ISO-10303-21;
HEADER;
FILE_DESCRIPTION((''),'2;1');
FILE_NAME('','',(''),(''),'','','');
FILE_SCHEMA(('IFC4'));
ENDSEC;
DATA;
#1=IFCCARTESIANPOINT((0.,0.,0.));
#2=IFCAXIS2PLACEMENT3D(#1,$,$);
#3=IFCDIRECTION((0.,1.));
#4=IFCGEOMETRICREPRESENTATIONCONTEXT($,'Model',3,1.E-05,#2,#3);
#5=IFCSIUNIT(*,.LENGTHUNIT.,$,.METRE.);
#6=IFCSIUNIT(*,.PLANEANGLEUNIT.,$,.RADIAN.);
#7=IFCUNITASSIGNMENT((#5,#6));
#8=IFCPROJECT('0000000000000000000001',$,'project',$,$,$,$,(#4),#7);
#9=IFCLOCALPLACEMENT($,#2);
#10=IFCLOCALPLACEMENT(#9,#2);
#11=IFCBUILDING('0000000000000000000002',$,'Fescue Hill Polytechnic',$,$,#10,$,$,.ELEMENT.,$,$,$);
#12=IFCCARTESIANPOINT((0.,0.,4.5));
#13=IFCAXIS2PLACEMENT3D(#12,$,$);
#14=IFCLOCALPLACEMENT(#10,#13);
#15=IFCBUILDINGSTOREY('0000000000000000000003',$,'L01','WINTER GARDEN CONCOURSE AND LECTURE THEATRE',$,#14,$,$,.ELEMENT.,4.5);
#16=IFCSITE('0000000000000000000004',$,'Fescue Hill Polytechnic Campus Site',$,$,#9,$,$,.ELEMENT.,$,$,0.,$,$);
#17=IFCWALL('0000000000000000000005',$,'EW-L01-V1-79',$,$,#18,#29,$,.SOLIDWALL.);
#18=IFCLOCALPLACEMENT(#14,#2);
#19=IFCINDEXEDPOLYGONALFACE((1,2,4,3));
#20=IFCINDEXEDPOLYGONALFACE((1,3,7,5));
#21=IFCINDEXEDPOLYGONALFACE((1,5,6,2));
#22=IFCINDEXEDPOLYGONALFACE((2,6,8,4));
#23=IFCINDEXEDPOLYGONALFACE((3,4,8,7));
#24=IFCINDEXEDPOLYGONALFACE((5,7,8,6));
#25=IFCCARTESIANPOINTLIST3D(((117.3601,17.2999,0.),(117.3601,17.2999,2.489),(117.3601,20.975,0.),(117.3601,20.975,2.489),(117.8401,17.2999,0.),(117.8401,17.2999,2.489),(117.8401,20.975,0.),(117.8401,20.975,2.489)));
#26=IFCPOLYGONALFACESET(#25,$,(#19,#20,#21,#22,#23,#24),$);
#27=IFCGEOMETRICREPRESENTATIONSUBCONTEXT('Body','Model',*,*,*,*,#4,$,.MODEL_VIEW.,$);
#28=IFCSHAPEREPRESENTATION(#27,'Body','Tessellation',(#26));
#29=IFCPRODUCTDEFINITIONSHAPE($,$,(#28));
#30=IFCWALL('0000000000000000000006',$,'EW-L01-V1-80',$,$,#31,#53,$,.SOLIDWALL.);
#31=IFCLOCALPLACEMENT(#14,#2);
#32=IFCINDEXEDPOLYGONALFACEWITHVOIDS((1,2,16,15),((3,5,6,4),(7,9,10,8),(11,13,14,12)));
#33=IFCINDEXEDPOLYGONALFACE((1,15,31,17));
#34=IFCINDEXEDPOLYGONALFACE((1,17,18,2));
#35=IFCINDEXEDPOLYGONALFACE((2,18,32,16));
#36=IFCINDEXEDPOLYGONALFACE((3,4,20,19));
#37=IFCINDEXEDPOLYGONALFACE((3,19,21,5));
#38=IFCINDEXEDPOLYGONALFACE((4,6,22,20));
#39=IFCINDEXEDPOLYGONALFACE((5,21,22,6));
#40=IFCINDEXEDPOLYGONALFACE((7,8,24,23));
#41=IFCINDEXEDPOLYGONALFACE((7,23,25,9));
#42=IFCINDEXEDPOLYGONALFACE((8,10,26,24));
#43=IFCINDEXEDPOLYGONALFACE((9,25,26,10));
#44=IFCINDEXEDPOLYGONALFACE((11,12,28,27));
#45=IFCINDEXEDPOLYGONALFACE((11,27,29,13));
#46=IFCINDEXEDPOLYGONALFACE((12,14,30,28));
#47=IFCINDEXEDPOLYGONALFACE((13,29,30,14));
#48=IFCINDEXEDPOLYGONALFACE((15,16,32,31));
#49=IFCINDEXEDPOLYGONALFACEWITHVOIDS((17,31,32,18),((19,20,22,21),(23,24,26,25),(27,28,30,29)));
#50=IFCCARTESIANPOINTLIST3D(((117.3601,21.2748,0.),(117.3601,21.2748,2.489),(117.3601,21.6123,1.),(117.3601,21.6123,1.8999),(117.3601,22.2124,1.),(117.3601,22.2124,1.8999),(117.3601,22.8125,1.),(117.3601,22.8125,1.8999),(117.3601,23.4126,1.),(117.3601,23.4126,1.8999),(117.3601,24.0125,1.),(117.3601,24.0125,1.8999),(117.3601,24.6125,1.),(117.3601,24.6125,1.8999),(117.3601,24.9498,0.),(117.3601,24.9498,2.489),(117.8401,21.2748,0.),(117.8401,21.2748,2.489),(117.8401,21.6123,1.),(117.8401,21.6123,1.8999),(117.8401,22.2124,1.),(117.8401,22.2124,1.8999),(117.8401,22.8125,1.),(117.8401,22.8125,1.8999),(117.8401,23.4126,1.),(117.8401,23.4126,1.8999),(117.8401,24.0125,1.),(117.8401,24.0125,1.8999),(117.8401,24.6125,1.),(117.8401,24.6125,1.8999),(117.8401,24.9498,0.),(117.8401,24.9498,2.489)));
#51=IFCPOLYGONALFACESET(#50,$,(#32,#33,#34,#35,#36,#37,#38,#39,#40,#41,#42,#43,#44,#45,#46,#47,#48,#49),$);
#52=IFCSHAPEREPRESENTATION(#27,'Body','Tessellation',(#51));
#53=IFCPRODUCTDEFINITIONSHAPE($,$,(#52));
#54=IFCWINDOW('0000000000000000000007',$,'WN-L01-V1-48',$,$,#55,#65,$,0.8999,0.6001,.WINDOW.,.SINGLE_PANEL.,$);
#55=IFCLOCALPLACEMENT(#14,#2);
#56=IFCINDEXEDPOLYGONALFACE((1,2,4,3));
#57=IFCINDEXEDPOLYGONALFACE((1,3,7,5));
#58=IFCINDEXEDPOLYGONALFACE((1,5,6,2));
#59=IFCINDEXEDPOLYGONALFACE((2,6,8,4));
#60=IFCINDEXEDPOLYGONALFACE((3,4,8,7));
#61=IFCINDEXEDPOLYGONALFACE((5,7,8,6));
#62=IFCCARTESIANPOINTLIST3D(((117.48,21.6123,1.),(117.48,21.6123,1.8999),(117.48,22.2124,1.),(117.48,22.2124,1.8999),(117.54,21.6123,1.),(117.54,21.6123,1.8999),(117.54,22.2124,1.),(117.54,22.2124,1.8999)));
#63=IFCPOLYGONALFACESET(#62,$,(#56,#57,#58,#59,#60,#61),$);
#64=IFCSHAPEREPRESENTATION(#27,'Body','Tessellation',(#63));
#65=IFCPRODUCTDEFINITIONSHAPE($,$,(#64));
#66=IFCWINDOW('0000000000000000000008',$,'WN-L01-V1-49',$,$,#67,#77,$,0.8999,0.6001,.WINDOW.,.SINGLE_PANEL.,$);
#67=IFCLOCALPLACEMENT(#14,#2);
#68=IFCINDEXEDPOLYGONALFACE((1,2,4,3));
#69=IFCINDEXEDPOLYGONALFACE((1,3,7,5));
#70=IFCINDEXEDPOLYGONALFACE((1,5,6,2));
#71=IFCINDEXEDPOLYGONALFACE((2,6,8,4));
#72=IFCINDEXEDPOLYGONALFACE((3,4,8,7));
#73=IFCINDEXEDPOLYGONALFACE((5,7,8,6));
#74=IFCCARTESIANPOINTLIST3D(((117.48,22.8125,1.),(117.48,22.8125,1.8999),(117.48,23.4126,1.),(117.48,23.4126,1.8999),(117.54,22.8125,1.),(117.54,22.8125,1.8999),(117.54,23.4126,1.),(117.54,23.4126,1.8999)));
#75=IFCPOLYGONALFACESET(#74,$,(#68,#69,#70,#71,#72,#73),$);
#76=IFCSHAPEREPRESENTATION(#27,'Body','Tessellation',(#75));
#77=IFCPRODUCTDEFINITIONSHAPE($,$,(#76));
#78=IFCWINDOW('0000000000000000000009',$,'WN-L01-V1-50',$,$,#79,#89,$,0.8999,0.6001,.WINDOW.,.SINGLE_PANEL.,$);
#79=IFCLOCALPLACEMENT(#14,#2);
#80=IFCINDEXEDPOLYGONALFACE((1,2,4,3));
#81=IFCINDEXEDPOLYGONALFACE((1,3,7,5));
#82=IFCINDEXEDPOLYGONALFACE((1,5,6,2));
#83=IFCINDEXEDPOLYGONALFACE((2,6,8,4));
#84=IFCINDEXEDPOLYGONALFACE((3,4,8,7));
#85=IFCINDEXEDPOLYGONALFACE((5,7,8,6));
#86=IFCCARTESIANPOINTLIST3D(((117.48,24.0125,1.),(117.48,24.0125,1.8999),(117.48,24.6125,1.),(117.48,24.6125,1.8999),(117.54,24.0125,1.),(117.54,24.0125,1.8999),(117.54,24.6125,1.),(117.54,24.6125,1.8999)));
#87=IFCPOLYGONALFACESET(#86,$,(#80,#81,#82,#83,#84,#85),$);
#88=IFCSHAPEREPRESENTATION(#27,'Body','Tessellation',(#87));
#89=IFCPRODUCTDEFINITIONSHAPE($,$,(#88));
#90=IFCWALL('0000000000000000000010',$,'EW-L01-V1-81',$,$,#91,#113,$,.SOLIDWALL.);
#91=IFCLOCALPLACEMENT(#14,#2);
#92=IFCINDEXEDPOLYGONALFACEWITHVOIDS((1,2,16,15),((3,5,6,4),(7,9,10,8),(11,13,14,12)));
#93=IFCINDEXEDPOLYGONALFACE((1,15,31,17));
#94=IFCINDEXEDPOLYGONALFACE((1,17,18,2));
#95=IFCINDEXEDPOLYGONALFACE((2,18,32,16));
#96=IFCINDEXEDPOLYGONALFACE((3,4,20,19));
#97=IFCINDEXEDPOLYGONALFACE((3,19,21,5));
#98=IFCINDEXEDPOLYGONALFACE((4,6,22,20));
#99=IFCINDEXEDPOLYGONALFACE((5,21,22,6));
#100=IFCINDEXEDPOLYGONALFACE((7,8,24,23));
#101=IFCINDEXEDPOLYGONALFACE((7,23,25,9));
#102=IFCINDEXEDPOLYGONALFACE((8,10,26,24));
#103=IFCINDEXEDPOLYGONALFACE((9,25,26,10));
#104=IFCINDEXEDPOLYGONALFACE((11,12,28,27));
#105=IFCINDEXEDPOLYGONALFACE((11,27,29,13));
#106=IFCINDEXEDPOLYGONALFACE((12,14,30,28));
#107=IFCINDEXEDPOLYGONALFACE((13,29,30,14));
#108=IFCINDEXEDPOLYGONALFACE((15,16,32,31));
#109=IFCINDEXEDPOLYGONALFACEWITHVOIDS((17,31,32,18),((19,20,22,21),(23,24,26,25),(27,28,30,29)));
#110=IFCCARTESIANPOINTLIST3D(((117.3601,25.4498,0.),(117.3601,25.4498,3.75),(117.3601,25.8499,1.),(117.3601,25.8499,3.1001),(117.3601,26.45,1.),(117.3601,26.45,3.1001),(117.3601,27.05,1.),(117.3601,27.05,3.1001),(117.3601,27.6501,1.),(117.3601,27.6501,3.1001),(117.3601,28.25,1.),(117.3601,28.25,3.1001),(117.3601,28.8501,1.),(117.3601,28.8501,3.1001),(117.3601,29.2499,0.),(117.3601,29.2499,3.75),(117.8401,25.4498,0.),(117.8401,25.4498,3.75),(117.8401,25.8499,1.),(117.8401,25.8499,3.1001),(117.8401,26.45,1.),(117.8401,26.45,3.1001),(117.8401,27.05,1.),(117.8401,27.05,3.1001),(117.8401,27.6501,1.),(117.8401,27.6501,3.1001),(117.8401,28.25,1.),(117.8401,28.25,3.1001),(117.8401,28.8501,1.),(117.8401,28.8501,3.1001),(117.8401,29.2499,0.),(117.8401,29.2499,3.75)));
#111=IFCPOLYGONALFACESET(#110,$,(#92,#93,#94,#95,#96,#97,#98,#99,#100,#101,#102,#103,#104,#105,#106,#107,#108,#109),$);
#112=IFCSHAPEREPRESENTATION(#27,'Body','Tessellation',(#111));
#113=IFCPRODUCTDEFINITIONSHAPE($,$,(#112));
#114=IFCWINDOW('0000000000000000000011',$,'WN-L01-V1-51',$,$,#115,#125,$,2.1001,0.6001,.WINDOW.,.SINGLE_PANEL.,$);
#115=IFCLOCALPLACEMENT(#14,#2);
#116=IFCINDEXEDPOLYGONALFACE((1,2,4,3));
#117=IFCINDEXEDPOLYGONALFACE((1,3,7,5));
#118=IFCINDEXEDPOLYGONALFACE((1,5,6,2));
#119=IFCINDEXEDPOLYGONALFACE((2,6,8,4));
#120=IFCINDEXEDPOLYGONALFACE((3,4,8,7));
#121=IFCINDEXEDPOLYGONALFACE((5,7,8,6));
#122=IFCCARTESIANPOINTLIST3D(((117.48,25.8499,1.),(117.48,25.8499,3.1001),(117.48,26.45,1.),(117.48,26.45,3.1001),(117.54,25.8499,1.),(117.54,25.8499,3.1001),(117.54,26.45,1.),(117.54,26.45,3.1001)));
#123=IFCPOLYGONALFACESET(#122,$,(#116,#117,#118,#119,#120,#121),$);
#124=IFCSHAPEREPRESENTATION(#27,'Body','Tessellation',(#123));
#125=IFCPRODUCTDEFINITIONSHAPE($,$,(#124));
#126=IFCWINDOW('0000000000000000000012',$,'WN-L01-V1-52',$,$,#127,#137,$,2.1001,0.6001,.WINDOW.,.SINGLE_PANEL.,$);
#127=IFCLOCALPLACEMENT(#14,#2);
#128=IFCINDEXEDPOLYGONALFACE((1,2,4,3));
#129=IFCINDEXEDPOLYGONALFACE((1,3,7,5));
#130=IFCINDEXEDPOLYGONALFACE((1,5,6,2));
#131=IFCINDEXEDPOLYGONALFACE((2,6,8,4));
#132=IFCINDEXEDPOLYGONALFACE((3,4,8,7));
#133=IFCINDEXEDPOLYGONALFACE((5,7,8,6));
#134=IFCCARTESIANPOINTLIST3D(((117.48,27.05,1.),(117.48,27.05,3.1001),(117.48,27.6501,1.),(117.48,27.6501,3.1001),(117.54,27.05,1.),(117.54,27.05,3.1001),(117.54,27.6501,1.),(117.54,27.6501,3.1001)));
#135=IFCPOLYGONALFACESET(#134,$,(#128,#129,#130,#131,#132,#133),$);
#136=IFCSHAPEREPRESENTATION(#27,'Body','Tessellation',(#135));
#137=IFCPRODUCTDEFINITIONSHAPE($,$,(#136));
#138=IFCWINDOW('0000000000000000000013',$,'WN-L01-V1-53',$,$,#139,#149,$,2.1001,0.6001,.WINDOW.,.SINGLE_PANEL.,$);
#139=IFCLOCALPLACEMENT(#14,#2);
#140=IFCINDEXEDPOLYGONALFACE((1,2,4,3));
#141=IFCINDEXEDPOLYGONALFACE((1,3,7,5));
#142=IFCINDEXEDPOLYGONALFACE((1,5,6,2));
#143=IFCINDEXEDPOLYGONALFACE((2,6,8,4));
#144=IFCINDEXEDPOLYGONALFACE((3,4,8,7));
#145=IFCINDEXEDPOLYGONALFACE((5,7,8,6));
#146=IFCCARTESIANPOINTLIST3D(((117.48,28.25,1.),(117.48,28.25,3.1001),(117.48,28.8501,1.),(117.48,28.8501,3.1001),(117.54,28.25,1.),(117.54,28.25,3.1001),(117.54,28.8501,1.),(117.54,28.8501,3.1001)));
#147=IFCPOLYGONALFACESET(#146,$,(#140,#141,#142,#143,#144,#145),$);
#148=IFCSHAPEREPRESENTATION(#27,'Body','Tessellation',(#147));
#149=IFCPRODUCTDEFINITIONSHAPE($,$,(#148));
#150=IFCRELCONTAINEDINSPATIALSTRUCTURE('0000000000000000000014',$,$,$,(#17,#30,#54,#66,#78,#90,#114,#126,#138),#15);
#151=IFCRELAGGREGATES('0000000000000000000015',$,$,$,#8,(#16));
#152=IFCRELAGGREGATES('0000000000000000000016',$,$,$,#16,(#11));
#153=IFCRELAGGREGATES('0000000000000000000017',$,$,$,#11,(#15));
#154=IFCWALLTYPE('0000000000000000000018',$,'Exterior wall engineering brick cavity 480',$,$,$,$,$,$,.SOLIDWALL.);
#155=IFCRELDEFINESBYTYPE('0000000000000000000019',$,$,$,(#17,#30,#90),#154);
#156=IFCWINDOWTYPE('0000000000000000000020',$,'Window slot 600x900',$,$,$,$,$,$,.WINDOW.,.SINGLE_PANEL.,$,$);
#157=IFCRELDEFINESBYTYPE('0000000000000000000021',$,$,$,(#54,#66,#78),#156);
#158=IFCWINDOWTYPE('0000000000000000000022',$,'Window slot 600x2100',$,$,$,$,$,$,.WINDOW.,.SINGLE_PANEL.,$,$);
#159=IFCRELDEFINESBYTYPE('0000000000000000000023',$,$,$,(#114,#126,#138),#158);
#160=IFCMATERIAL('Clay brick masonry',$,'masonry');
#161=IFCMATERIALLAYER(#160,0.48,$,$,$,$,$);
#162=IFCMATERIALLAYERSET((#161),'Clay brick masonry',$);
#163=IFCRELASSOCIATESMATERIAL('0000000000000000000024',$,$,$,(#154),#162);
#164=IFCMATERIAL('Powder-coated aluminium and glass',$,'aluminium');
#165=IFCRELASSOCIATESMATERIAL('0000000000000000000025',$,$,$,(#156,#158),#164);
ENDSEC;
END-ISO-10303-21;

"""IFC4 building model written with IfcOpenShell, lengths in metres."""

from ifc_helpers import new_model, si_unit, direction, frame, frame_2d, origin, place, context, subcontext, project, spatial, rectangle, extrude, material, layer, layer_set, type_object, element, fill, save


model = new_model("IFC4")

# Units and contexts
model_context = context("Model", 3, precision=1e-05, world=origin(), true_north=direction((0.0, 1.0)))
body_context = subcontext(model_context, "Body", "Model", "MODEL_VIEW")
ifc_project = project(units=[si_unit("LENGTHUNIT", "METRE"), si_unit("PLANEANGLEUNIT", "RADIAN")], contexts=[model_context])

# Site, building, storey
site_placement = place(None, origin())
site = spatial("IfcSite", under=ifc_project, at=site_placement, Name="Fescue Hill Polytechnic Campus Site", CompositionType="ELEMENT", RefElevation=0.0)
building_placement = place(site_placement, origin())
building = spatial("IfcBuilding", under=site, at=building_placement, Name="Fescue Hill Polytechnic", CompositionType="ELEMENT")
storey_placement = place(building_placement, frame((0.0, 0.0, 4.5)))
storey = spatial("IfcBuildingStorey", under=building, at=storey_placement, Name="L01", Description="WINTER GARDEN CONCOURSE AND LECTURE THEATRE", CompositionType="ELEMENT", Elevation=4.5)

# Wall
ifc_material_1 = material(Name="Clay brick masonry", Category="masonry")
ifc_layer_1 = layer(ifc_material_1, 0.48)
ifc_layer_set_1 = layer_set([ifc_layer_1], Name="Clay brick masonry")
wall_type_1 = type_object("IfcWallType", Name="Exterior wall engineering brick cavity 480", PredefinedType="SOLIDWALL", material=ifc_layer_set_1)
wall_1_placement = place(storey_placement, frame((117.6001, 17.3, 0.0), z_axis=(0.0, 0.0, 1.0), x_axis=(0.0, 1.0, 0.0)))
element("IfcWall", 1, at=wall_1_placement, inside=storey, type_object=wall_type_1, Name="EW-L01-V1-79", PredefinedType="SOLIDWALL", context=body_context, shape_type="SweptSolid", body=[
    extrude(rectangle(XDim=3.675, YDim=0.48, at=frame_2d((1.8374, 0.0))), origin(), (0.0, 0.0, 1.0), 2.489),
])

# Walls, openings, windows
wall_2_placement = place(storey_placement, frame((117.6001, 21.2749, 0.0), z_axis=(0.0, 0.0, 1.0), x_axis=(0.0, 1.0, 0.0)))
wall_2 = element("IfcWall", 2, at=wall_2_placement, inside=storey, type_object=wall_type_1, Name="EW-L01-V1-80", PredefinedType="SOLIDWALL", context=body_context, shape_type="SweptSolid", body=[
    extrude(rectangle(XDim=3.675, YDim=0.48, at=frame_2d((1.8374, 0.0))), origin(), (0.0, 0.0, 1.0), 2.489),
])
opening_1_placement = place(wall_2_placement, frame((0.3374, 0.0, 1.0)))
opening_1 = element("IfcOpeningElement", 3, at=opening_1_placement, cuts=wall_2, PredefinedType="OPENING", context=body_context, shape_type="SweptSolid", body=[
    extrude(rectangle(XDim=0.6001, YDim=0.8999, at=frame_2d((0.3, 0.45))), frame((0.0, 0.25, 0.0), z_axis=(0.0, -1.0, 0.0), x_axis=(1.0, 0.0, 0.0)), (0.0, 0.0, 1.0), 0.5),
])
opening_2_placement = place(wall_2_placement, frame((1.5376, 0.0, 1.0)))
opening_2 = element("IfcOpeningElement", 4, at=opening_2_placement, cuts=wall_2, PredefinedType="OPENING", context=body_context, shape_type="SweptSolid", body=[
    extrude(rectangle(XDim=0.6001, YDim=0.8999, at=frame_2d((0.3, 0.45))), frame((0.0, 0.25, 0.0), z_axis=(0.0, -1.0, 0.0), x_axis=(1.0, 0.0, 0.0)), (0.0, 0.0, 1.0), 0.5),
])
opening_3_placement = place(wall_2_placement, frame((2.7375, 0.0, 1.0)))
opening_3 = element("IfcOpeningElement", 5, at=opening_3_placement, cuts=wall_2, PredefinedType="OPENING", context=body_context, shape_type="SweptSolid", body=[
    extrude(rectangle(XDim=0.6001, YDim=0.8999, at=frame_2d((0.3, 0.45))), frame((0.0, 0.25, 0.0), z_axis=(0.0, -1.0, 0.0), x_axis=(1.0, 0.0, 0.0)), (0.0, 0.0, 1.0), 0.5),
])
ifc_material_2 = material(Name="Powder-coated aluminium and glass", Category="aluminium")
window_type_1 = type_object("IfcWindowType", Name="Window slot 600x900", PartitioningType="SINGLE_PANEL", PredefinedType="WINDOW", material=ifc_material_2)
window_1_placement = place(opening_1_placement, origin())
window_1 = element("IfcWindow", 6, at=window_1_placement, inside=storey, type_object=window_type_1, Name="WN-L01-V1-48", OverallHeight=0.8999, OverallWidth=0.6001, PartitioningType="SINGLE_PANEL", PredefinedType="WINDOW", context=body_context, shape_type="SweptSolid", body=[
    extrude(rectangle(XDim=0.6001, YDim=0.8999, at=frame_2d((0.3, 0.45))), frame((0.0, 0.1201, 0.0), z_axis=(0.0, -1.0, 0.0), x_axis=(1.0, 0.0, 0.0)), (0.0, 0.0, 1.0), 0.0601),
])
fill(opening_1, window_1)
window_2_placement = place(opening_2_placement, origin())
window_2 = element("IfcWindow", 7, at=window_2_placement, inside=storey, type_object=window_type_1, Name="WN-L01-V1-49", OverallHeight=0.8999, OverallWidth=0.6001, PartitioningType="SINGLE_PANEL", PredefinedType="WINDOW", context=body_context, shape_type="SweptSolid", body=[
    extrude(rectangle(XDim=0.6001, YDim=0.8999, at=frame_2d((0.3, 0.45))), frame((0.0, 0.1201, 0.0), z_axis=(0.0, -1.0, 0.0), x_axis=(1.0, 0.0, 0.0)), (0.0, 0.0, 1.0), 0.0601),
])
fill(opening_2, window_2)
window_3_placement = place(opening_3_placement, origin())
window_3 = element("IfcWindow", 8, at=window_3_placement, inside=storey, type_object=window_type_1, Name="WN-L01-V1-50", OverallHeight=0.8999, OverallWidth=0.6001, PartitioningType="SINGLE_PANEL", PredefinedType="WINDOW", context=body_context, shape_type="SweptSolid", body=[
    extrude(rectangle(XDim=0.6001, YDim=0.8999, at=frame_2d((0.3, 0.45))), frame((0.0, 0.1201, 0.0), z_axis=(0.0, -1.0, 0.0), x_axis=(1.0, 0.0, 0.0)), (0.0, 0.0, 1.0), 0.0601),
])
fill(opening_3, window_3)
wall_3_placement = place(storey_placement, frame((117.6001, 25.45, 0.0), z_axis=(0.0, 0.0, 1.0), x_axis=(0.0, 1.0, 0.0)))
wall_3 = element("IfcWall", 9, at=wall_3_placement, inside=storey, type_object=wall_type_1, Name="EW-L01-V1-81", PredefinedType="SOLIDWALL", context=body_context, shape_type="SweptSolid", body=[
    extrude(rectangle(XDim=3.8, YDim=0.48, at=frame_2d((1.8999, 0.0))), origin(), (0.0, 0.0, 1.0), 3.75),
])
opening_4_placement = place(wall_3_placement, frame((0.3999, 0.0, 1.0)))
opening_4 = element("IfcOpeningElement", 10, at=opening_4_placement, cuts=wall_3, PredefinedType="OPENING", context=body_context, shape_type="SweptSolid", body=[
    extrude(rectangle(XDim=0.6001, YDim=2.1001, at=frame_2d((0.3, 1.05))), frame((0.0, 0.25, 0.0), z_axis=(0.0, -1.0, 0.0), x_axis=(1.0, 0.0, 0.0)), (0.0, 0.0, 1.0), 0.5),
])
opening_5_placement = place(wall_3_placement, frame((1.6001, 0.0, 1.0)))
opening_5 = element("IfcOpeningElement", 11, at=opening_5_placement, cuts=wall_3, PredefinedType="OPENING", context=body_context, shape_type="SweptSolid", body=[
    extrude(rectangle(XDim=0.6001, YDim=2.1001, at=frame_2d((0.3, 1.05))), frame((0.0, 0.25, 0.0), z_axis=(0.0, -1.0, 0.0), x_axis=(1.0, 0.0, 0.0)), (0.0, 0.0, 1.0), 0.5),
])
opening_6_placement = place(wall_3_placement, frame((2.8, 0.0, 1.0)))
opening_6 = element("IfcOpeningElement", 12, at=opening_6_placement, cuts=wall_3, PredefinedType="OPENING", context=body_context, shape_type="SweptSolid", body=[
    extrude(rectangle(XDim=0.6001, YDim=2.1001, at=frame_2d((0.3, 1.05))), frame((0.0, 0.25, 0.0), z_axis=(0.0, -1.0, 0.0), x_axis=(1.0, 0.0, 0.0)), (0.0, 0.0, 1.0), 0.5),
])
window_type_2 = type_object("IfcWindowType", Name="Window slot 600x2100", PartitioningType="SINGLE_PANEL", PredefinedType="WINDOW", material=ifc_material_2)
window_4_placement = place(opening_4_placement, origin())
window_4 = element("IfcWindow", 13, at=window_4_placement, inside=storey, type_object=window_type_2, Name="WN-L01-V1-51", OverallHeight=2.1001, OverallWidth=0.6001, PartitioningType="SINGLE_PANEL", PredefinedType="WINDOW", context=body_context, shape_type="SweptSolid", body=[
    extrude(rectangle(XDim=0.6001, YDim=2.1001, at=frame_2d((0.3, 1.05))), frame((0.0, 0.1201, 0.0), z_axis=(0.0, -1.0, 0.0), x_axis=(1.0, 0.0, 0.0)), (0.0, 0.0, 1.0), 0.0601),
])
fill(opening_4, window_4)
window_5_placement = place(opening_5_placement, origin())
window_5 = element("IfcWindow", 14, at=window_5_placement, inside=storey, type_object=window_type_2, Name="WN-L01-V1-52", OverallHeight=2.1001, OverallWidth=0.6001, PartitioningType="SINGLE_PANEL", PredefinedType="WINDOW", context=body_context, shape_type="SweptSolid", body=[
    extrude(rectangle(XDim=0.6001, YDim=2.1001, at=frame_2d((0.3, 1.05))), frame((0.0, 0.1201, 0.0), z_axis=(0.0, -1.0, 0.0), x_axis=(1.0, 0.0, 0.0)), (0.0, 0.0, 1.0), 0.0601),
])
fill(opening_5, window_5)
window_6_placement = place(opening_6_placement, origin())
window_6 = element("IfcWindow", 15, at=window_6_placement, inside=storey, type_object=window_type_2, Name="WN-L01-V1-53", OverallHeight=2.1001, OverallWidth=0.6001, PartitioningType="SINGLE_PANEL", PredefinedType="WINDOW", context=body_context, shape_type="SweptSolid", body=[
    extrude(rectangle(XDim=0.6001, YDim=2.1001, at=frame_2d((0.3, 1.05))), frame((0.0, 0.1201, 0.0), z_axis=(0.0, -1.0, 0.0), x_axis=(1.0, 0.0, 0.0)), (0.0, 0.0, 1.0), 0.0601),
])
fill(opening_6, window_6)

save(model, "model.ifc")
